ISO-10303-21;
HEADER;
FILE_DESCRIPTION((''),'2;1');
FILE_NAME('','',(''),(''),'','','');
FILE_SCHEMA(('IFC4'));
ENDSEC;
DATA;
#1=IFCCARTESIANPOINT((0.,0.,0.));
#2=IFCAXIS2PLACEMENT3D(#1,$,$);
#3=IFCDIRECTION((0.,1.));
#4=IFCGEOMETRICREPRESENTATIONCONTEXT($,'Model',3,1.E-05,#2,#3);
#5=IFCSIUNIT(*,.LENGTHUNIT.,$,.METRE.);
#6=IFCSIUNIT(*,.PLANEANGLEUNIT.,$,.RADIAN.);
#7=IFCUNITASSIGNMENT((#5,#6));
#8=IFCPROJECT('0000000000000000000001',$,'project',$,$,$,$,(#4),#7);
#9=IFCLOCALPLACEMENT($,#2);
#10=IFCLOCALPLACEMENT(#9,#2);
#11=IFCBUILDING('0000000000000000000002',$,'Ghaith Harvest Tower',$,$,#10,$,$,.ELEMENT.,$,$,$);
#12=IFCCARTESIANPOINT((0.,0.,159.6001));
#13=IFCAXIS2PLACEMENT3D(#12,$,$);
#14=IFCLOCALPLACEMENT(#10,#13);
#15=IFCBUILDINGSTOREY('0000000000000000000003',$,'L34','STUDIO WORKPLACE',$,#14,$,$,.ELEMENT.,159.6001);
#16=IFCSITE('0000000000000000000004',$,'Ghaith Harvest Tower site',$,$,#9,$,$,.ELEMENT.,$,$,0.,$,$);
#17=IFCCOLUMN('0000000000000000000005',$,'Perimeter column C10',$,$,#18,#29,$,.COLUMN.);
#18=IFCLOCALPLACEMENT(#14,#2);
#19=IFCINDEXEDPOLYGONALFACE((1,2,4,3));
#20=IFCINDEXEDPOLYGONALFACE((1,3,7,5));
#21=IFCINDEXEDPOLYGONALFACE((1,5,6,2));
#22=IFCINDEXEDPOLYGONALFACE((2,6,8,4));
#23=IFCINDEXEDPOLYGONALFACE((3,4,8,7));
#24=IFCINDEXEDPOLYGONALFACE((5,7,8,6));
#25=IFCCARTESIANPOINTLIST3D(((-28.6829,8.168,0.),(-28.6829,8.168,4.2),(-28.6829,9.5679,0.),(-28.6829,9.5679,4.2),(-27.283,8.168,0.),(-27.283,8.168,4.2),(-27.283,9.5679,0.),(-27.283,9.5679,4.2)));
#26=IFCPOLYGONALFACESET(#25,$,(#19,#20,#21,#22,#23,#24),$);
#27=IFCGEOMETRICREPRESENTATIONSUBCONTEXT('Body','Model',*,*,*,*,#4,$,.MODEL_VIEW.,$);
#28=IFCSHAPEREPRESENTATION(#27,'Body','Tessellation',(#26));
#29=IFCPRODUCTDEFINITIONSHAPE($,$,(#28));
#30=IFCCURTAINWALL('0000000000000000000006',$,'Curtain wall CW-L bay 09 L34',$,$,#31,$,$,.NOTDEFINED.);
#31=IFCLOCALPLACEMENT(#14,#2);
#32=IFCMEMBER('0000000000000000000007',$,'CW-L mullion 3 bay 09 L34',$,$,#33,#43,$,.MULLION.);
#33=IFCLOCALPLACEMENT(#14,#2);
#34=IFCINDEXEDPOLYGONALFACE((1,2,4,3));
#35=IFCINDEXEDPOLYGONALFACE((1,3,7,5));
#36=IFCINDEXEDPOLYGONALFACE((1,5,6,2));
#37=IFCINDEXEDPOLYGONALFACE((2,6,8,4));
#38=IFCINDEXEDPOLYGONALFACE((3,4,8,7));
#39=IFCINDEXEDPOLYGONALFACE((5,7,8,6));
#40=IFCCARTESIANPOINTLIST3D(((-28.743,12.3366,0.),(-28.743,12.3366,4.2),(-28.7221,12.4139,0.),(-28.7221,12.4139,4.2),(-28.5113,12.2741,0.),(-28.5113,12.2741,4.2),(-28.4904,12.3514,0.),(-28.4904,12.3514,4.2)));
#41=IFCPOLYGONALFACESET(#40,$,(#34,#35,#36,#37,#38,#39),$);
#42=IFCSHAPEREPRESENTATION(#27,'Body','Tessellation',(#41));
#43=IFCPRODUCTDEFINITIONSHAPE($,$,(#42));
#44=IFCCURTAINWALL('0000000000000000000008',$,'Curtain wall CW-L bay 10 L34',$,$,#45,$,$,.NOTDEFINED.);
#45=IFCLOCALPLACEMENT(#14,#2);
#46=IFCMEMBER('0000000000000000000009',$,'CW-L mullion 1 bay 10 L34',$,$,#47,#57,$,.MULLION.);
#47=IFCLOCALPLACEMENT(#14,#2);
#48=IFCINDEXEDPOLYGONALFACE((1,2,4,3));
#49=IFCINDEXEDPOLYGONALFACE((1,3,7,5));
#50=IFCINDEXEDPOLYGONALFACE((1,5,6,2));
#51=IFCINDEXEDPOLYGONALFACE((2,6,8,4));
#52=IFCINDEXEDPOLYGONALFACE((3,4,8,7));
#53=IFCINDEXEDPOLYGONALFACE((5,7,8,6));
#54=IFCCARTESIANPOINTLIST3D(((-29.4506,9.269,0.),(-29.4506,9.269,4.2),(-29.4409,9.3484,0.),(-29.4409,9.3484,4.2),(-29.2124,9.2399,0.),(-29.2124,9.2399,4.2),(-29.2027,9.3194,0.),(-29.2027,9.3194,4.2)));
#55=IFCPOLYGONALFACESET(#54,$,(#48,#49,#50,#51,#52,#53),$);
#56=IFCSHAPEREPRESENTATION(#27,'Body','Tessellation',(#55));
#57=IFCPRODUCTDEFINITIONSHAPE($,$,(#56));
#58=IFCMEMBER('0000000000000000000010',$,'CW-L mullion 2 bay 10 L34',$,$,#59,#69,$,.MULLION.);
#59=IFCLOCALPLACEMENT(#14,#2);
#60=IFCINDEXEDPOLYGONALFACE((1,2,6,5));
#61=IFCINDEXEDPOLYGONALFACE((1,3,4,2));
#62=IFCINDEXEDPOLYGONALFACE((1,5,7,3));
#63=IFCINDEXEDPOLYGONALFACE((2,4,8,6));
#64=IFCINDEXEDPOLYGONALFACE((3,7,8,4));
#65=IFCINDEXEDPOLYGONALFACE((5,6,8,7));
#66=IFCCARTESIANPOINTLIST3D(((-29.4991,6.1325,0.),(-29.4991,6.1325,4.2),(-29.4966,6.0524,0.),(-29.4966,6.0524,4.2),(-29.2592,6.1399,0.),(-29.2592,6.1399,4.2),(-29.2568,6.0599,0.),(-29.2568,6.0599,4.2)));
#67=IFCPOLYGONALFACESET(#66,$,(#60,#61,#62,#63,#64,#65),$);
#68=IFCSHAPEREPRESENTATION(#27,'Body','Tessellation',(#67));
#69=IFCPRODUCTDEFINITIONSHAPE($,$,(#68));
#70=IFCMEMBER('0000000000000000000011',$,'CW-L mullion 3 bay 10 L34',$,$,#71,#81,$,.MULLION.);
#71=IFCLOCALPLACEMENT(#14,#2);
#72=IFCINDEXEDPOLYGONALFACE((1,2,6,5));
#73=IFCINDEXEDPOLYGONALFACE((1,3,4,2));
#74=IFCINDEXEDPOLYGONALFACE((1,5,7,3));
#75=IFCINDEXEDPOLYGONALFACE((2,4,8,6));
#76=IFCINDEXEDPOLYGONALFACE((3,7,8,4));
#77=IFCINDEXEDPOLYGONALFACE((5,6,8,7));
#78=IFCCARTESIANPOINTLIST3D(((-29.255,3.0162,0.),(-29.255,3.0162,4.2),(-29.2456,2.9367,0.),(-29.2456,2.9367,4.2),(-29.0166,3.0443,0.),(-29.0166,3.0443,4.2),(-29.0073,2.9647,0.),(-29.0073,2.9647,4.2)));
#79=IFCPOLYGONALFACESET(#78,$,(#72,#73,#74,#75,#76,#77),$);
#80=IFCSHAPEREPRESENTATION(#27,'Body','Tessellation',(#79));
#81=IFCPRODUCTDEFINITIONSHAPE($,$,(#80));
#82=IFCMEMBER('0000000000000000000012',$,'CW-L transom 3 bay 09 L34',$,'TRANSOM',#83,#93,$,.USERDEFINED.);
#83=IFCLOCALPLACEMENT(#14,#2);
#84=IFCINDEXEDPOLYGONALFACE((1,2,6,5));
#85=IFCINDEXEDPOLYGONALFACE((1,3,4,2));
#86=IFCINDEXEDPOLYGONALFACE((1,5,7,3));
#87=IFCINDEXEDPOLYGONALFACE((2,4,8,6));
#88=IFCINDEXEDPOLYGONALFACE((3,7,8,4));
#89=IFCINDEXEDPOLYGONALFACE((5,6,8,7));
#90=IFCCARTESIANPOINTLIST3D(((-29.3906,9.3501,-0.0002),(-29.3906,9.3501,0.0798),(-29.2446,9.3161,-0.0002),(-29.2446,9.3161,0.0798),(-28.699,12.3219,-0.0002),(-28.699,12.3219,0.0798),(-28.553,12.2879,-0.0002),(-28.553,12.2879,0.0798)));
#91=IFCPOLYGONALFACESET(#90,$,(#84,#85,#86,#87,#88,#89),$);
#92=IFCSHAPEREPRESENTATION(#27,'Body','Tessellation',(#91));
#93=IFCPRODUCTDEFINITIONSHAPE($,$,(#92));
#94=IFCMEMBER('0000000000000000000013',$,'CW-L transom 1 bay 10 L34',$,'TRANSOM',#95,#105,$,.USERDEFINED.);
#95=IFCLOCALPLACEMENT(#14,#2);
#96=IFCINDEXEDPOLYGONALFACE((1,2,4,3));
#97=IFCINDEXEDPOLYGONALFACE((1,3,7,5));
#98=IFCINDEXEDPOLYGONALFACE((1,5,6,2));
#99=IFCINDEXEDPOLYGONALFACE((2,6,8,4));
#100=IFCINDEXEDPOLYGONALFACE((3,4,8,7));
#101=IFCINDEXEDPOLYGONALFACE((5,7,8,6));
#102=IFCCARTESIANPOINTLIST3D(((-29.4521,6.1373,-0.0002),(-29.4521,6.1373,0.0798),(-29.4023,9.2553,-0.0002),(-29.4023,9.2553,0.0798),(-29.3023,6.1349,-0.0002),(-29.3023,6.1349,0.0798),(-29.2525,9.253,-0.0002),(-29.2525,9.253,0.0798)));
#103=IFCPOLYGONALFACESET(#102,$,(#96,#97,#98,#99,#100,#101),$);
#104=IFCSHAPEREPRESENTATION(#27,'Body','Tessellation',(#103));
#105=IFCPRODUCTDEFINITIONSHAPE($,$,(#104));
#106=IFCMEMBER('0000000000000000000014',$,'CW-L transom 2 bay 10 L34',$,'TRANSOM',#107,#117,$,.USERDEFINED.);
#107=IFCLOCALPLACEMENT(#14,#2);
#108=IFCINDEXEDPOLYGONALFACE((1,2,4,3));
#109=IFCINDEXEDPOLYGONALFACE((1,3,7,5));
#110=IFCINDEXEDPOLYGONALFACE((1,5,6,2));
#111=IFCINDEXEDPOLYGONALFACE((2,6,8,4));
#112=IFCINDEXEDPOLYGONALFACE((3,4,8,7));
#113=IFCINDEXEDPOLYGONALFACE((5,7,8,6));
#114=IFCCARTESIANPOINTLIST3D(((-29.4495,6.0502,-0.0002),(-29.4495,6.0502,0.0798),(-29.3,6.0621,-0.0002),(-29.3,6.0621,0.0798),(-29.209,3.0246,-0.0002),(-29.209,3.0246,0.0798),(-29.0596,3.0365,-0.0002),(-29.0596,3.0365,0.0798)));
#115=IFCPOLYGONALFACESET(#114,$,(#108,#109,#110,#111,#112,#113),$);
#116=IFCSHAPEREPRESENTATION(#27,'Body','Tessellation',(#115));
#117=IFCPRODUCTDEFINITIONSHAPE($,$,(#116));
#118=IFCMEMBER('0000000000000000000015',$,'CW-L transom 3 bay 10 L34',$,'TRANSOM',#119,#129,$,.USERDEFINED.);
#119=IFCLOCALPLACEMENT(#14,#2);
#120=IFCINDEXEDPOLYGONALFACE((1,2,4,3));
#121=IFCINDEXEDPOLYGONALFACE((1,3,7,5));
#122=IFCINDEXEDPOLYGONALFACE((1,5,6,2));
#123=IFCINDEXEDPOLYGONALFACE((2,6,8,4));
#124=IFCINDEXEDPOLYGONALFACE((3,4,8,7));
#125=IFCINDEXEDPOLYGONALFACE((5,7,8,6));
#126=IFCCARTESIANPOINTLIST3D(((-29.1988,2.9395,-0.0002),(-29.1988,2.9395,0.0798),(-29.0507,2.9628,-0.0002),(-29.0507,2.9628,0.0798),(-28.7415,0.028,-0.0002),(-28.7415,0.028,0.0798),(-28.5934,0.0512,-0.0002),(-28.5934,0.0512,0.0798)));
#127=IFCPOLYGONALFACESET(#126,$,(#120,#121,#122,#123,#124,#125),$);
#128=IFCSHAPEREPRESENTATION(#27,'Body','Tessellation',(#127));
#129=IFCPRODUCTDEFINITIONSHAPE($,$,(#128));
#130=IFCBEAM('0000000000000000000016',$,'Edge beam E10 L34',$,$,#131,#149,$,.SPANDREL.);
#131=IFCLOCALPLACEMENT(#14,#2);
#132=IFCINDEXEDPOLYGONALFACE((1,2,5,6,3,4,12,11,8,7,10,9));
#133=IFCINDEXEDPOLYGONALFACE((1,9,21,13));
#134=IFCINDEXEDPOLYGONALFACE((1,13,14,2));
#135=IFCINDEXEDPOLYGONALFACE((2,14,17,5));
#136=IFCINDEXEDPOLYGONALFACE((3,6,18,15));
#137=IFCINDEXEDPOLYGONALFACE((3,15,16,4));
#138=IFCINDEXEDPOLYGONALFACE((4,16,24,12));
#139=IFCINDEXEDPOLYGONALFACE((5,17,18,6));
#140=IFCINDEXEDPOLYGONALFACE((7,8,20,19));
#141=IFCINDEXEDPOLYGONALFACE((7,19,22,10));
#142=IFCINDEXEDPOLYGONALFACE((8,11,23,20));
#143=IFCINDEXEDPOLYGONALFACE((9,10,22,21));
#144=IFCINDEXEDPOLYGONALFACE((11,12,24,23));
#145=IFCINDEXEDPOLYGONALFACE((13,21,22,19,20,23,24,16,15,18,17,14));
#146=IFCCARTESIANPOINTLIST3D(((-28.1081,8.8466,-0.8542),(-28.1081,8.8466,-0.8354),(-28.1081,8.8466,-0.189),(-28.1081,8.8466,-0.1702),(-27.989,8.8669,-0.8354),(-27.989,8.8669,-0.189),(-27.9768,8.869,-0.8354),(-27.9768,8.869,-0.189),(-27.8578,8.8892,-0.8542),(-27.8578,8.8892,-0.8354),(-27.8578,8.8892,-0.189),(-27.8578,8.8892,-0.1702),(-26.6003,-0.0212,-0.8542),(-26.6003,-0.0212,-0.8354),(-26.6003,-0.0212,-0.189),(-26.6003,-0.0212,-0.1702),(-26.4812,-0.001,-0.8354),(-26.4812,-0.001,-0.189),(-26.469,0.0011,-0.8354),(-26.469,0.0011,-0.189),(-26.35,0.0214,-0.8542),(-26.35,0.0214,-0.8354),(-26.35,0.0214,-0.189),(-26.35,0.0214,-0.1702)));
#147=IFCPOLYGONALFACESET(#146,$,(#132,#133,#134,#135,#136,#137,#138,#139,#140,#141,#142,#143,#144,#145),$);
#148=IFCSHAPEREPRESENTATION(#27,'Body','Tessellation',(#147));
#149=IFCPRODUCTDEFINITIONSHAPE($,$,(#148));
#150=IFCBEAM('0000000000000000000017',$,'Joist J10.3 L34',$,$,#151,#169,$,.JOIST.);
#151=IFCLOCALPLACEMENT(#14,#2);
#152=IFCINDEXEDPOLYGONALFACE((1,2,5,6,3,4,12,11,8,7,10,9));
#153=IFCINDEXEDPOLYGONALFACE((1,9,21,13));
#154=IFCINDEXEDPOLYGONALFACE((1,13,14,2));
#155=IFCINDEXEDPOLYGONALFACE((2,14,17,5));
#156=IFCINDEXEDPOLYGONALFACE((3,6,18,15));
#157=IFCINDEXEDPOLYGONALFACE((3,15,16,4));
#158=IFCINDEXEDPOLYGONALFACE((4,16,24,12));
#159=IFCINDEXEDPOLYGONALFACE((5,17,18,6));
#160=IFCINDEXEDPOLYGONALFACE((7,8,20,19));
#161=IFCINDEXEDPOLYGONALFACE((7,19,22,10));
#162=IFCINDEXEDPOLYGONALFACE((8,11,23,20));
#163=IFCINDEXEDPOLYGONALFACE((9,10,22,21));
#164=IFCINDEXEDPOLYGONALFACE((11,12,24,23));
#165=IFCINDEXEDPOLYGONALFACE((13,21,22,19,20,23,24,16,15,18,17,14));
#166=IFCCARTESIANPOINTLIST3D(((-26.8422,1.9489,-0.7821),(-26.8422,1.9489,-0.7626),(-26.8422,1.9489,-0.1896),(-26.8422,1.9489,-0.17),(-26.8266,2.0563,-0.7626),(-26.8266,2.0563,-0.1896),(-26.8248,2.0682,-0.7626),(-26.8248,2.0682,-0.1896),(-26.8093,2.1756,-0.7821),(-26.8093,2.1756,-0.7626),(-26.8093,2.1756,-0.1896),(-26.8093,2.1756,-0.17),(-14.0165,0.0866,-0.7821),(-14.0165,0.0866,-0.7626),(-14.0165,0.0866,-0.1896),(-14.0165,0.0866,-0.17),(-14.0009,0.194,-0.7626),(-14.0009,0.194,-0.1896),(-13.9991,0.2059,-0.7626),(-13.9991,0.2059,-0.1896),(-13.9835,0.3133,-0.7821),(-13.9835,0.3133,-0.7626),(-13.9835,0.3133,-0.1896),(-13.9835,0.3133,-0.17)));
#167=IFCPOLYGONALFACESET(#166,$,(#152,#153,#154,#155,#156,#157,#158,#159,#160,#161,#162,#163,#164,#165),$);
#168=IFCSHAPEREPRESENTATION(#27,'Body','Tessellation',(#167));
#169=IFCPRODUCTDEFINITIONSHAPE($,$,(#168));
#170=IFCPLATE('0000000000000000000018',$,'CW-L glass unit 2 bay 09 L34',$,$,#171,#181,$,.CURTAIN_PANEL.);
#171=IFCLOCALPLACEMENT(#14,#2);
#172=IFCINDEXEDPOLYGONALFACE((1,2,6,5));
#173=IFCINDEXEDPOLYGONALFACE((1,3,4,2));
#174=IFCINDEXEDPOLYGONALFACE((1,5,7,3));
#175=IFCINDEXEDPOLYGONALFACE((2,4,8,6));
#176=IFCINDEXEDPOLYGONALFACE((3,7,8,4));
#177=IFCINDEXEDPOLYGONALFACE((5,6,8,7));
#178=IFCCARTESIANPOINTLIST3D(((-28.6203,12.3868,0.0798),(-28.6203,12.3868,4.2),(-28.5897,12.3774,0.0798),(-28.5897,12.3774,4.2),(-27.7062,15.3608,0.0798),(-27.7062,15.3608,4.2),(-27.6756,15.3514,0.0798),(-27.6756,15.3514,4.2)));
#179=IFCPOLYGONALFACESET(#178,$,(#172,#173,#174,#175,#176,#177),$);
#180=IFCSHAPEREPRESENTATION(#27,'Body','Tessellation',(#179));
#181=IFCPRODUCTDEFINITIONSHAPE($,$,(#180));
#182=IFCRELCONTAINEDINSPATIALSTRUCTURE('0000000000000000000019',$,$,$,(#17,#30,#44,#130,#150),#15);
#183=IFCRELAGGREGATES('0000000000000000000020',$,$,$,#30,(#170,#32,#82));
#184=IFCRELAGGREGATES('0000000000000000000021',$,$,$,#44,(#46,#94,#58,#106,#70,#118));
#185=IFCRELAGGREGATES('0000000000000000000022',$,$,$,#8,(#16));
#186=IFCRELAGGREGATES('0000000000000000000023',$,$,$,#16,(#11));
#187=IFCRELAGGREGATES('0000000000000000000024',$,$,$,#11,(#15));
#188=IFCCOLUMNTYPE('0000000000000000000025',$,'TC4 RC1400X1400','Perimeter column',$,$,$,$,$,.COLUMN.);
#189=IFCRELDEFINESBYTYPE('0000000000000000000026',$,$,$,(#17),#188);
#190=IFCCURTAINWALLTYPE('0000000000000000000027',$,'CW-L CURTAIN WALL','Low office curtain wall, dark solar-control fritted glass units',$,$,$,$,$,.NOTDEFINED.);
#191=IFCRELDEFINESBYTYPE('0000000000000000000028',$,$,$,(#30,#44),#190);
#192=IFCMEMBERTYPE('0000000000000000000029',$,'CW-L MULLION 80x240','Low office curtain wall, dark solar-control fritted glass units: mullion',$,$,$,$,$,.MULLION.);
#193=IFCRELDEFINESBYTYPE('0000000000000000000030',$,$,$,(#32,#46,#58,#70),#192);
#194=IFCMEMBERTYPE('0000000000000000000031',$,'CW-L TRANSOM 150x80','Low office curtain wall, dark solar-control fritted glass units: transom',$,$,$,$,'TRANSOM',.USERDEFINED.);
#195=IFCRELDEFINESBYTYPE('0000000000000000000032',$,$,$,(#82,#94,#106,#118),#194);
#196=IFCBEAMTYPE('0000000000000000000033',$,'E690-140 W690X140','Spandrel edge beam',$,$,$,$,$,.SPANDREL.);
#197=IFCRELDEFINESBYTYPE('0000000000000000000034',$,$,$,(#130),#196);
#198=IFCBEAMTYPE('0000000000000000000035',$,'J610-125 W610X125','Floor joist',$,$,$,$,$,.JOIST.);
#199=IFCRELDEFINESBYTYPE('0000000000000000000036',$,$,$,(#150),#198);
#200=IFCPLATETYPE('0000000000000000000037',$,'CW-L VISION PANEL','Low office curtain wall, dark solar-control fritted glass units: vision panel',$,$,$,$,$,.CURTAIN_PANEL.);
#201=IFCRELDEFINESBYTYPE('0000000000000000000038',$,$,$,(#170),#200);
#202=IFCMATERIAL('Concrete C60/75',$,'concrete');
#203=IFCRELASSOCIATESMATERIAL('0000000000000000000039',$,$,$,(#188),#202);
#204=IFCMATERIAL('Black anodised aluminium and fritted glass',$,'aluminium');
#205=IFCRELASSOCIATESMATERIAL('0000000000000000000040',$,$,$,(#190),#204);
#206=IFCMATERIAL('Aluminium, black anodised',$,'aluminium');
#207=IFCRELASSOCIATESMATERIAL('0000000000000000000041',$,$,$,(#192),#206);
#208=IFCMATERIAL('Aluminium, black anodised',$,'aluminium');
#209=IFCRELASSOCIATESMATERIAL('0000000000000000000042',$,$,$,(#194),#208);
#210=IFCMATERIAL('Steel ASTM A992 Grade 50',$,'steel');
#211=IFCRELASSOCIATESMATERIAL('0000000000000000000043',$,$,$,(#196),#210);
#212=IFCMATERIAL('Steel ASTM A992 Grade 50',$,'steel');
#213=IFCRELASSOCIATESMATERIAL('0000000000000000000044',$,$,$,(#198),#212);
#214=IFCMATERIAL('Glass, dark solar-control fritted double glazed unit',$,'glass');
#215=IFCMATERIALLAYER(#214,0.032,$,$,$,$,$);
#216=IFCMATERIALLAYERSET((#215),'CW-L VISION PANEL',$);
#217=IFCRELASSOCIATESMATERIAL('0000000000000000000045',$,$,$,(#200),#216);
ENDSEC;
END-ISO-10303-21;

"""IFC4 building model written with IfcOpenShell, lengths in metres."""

from ifc_helpers import new_model, si_unit, direction, frame, origin, origin_2d, place, context, subcontext, project, spatial, rectangle, i_section, extrude, material, layer, layer_set, material_profile, profile_set, type_object, element, aggregate, save


model = new_model("IFC4")

# Units and contexts
model_context = context("Model", 3, precision=1e-05, world=origin(), true_north=direction((0.0, 1.0)))
body_context = subcontext(model_context, "Body", "Model", "MODEL_VIEW")
ifc_project = project(units=[si_unit("LENGTHUNIT", "METRE"), si_unit("PLANEANGLEUNIT", "RADIAN")], contexts=[model_context])

# Site, building, storey
site_placement = place(None, origin())
site = spatial("IfcSite", under=ifc_project, at=site_placement, Name="Ghaith Harvest Tower site", CompositionType="ELEMENT", RefElevation=0.0)
building_placement = place(site_placement, origin())
building = spatial("IfcBuilding", under=site, at=building_placement, Name="Ghaith Harvest Tower", CompositionType="ELEMENT")
storey_placement = place(building_placement, frame((0.0, 0.0, 159.6001)))
storey = spatial("IfcBuildingStorey", under=building, at=storey_placement, Name="L34", Description="STUDIO WORKPLACE", CompositionType="ELEMENT", Elevation=159.6001)

# Column
ifc_material_1 = material(Name="Concrete C60/75", Category="concrete")
ifc_material_profile_1 = material_profile(ifc_material_1, rectangle(XDim=1.3999, YDim=1.3999, at=origin_2d()), Name="RC1400X1400")
ifc_profile_set_1 = profile_set([ifc_material_profile_1], Name="Concrete C60/75")
column_type = type_object("IfcColumnType", Name="TC4 RC1400X1400", Description="Perimeter column", PredefinedType="COLUMN", material=ifc_profile_set_1)
column_placement = place(storey_placement, frame((-27.9829, 8.8679, 0.0), z_axis=(0.0, 0.0, 1.0), x_axis=(1.0, 0.0, 0.0)))
element("IfcColumn", 1, at=column_placement, inside=storey, type_object=column_type, Name="Perimeter column C10", PredefinedType="COLUMN", context=body_context, shape_type="SweptSolid", body=[
    extrude(rectangle(XDim=1.3999, YDim=1.3999, at=origin_2d()), origin(), (0.0, 0.0, 1.0), 4.2),
])

# Curtain wall, member
ifc_material_2 = material(Name="Black anodised aluminium and fritted glass", Category="aluminium")
curtain_wall_type = type_object("IfcCurtainWallType", Name="CW-L CURTAIN WALL", Description="Low office curtain wall, dark solar-control fritted glass units", PredefinedType="NOTDEFINED", material=ifc_material_2)
curtain_wall_1_placement = place(storey_placement, origin())
curtain_wall_1 = element("IfcCurtainWall", 2, at=curtain_wall_1_placement, inside=storey, type_object=curtain_wall_type, Name="Curtain wall CW-L bay 09 L34", PredefinedType="NOTDEFINED")
ifc_material_3 = material(Name="Aluminium, black anodised", Category="aluminium")
ifc_material_profile_2 = material_profile(ifc_material_3, rectangle(XDim=0.0801, YDim=0.24, at=origin_2d()), Name="CW-L MULLION 80x240")
ifc_profile_set_2 = profile_set([ifc_material_profile_2], Name="Aluminium, black anodised")
member_type_1 = type_object("IfcMemberType", Name="CW-L MULLION 80x240", Description="Low office curtain wall, dark solar-control fritted glass units: mullion", PredefinedType="MULLION", material=ifc_profile_set_2)
member_1_placement = place(storey_placement, frame((-28.6167, 12.344, 0.0), z_axis=(0.0, 0.0, 1.0), x_axis=(-0.260727, -0.965412, 0.0)))
member_1 = element("IfcMember", 3, at=member_1_placement, type_object=member_type_1, Name="CW-L mullion 3 bay 09 L34", PredefinedType="MULLION", context=body_context, shape_type="SweptSolid", body=[
    extrude(rectangle(XDim=0.0801, YDim=0.24, at=origin_2d()), origin(), (0.0, 0.0, 1.0), 4.2),
])

# Curtain wall, members
curtain_wall_2_placement = place(storey_placement, origin())
curtain_wall_2 = element("IfcCurtainWall", 4, at=curtain_wall_2_placement, inside=storey, type_object=curtain_wall_type, Name="Curtain wall CW-L bay 10 L34", PredefinedType="NOTDEFINED")
member_2_placement = place(storey_placement, frame((-29.3267, 9.2942, 0.0), z_axis=(0.0, 0.0, 1.0), x_axis=(-0.120932, -0.992661, 0.0)))
member_2 = element("IfcMember", 5, at=member_2_placement, type_object=member_type_1, Name="CW-L mullion 1 bay 10 L34", PredefinedType="MULLION", context=body_context, shape_type="SweptSolid", body=[
    extrude(rectangle(XDim=0.0801, YDim=0.24, at=origin_2d()), origin(), (0.0, 0.0, 1.0), 4.2),
])
member_3_placement = place(storey_placement, frame((-29.3779, 6.0962, 0.0), z_axis=(0.0, 0.0, 1.0), x_axis=(0.031028, -0.999519, 0.0)))
member_3 = element("IfcMember", 6, at=member_3_placement, type_object=member_type_1, Name="CW-L mullion 2 bay 10 L34", PredefinedType="MULLION", context=body_context, shape_type="SweptSolid", body=[
    extrude(rectangle(XDim=0.0801, YDim=0.24, at=origin_2d()), origin(), (0.0, 0.0, 1.0), 4.2),
])
member_4_placement = place(storey_placement, frame((-29.1311, 2.9905, 0.0), z_axis=(0.0, 0.0, 1.0), x_axis=(0.116764, -0.99316, 0.0)))
member_4 = element("IfcMember", 7, at=member_4_placement, type_object=member_type_1, Name="CW-L mullion 3 bay 10 L34", PredefinedType="MULLION", context=body_context, shape_type="SweptSolid", body=[
    extrude(rectangle(XDim=0.0801, YDim=0.24, at=origin_2d()), origin(), (0.0, 0.0, 1.0), 4.2),
])

# Members
ifc_material_4 = material(Name="Aluminium, black anodised", Category="aluminium")
ifc_material_profile_3 = material_profile(ifc_material_4, rectangle(XDim=0.1499, YDim=0.0801, at=origin_2d()), Name="CW-L TRANSOM 150x80")
ifc_profile_set_3 = profile_set([ifc_material_profile_3], Name="Aluminium, black anodised")
member_type_2 = type_object("IfcMemberType", Name="CW-L TRANSOM 150x80", Description="Low office curtain wall, dark solar-control fritted glass units: transom", ElementType="TRANSOM", PredefinedType="USERDEFINED", material=ifc_profile_set_3)
member_5_placement = place(storey_placement, frame((-28.626, 12.3049, 0.0398), z_axis=(-0.226671, -0.973971, 0.0), x_axis=(0.973971, -0.226671, 0.0)))
member_5 = element("IfcMember", 8, at=member_5_placement, type_object=member_type_2, Name="CW-L transom 3 bay 09 L34", ObjectType="TRANSOM", PredefinedType="USERDEFINED", context=body_context, shape_type="SweptSolid", body=[
    extrude(rectangle(XDim=0.1499, YDim=0.0801, at=origin_2d()), origin(), (0.0, 0.0, 1.0), 3.0513),
])
member_6_placement = place(storey_placement, frame((-29.3274, 9.2542, 0.0398), z_axis=(-0.015972, -0.999872, 0.0), x_axis=(0.999872, -0.015972, 0.0)))
member_6 = element("IfcMember", 9, at=member_6_placement, type_object=member_type_2, Name="CW-L transom 1 bay 10 L34", ObjectType="TRANSOM", PredefinedType="USERDEFINED", context=body_context, shape_type="SweptSolid", body=[
    extrude(rectangle(XDim=0.1499, YDim=0.0801, at=origin_2d()), origin(), (0.0, 0.0, 1.0), 3.1184),
])
member_7_placement = place(storey_placement, frame((-29.3748, 6.0562, 0.0398), z_axis=(0.07923, -0.996856, 0.0), x_axis=(0.996856, 0.07923, 0.0)))
member_7 = element("IfcMember", 10, at=member_7_placement, type_object=member_type_2, Name="CW-L transom 2 bay 10 L34", ObjectType="TRANSOM", PredefinedType="USERDEFINED", context=body_context, shape_type="SweptSolid", body=[
    extrude(rectangle(XDim=0.1499, YDim=0.0801, at=origin_2d()), origin(), (0.0, 0.0, 1.0), 3.0352),
])
member_8_placement = place(storey_placement, frame((-29.1248, 2.9512, 0.0398), z_axis=(0.15515, -0.987891, 0.0), x_axis=(0.987891, 0.15515, 0.0)))
member_8 = element("IfcMember", 11, at=member_8_placement, type_object=member_type_2, Name="CW-L transom 3 bay 10 L34", ObjectType="TRANSOM", PredefinedType="USERDEFINED", context=body_context, shape_type="SweptSolid", body=[
    extrude(rectangle(XDim=0.1499, YDim=0.0801, at=origin_2d()), origin(), (0.0, 0.0, 1.0), 2.9473),
])

# Beams
ifc_material_5 = material(Name="Steel ASTM A992 Grade 50", Category="steel")
ifc_material_profile_4 = material_profile(ifc_material_5, i_section(OverallWidth=0.2539, OverallDepth=0.6841, WebThickness=0.0125, FlangeThickness=0.0188, at=origin_2d()), Name="W690X140")
ifc_profile_set_4 = profile_set([ifc_material_profile_4], Name="Steel ASTM A992 Grade 50")
beam_type_1 = type_object("IfcBeamType", Name="E690-140 W690X140", Description="Spandrel edge beam", PredefinedType="SPANDREL", material=ifc_profile_set_4)
beam_1_placement = place(storey_placement, frame((-27.9829, 8.8679, -0.5122), z_axis=(0.167624, -0.985851, 0.0), x_axis=(0.985851, 0.167624, 0.0)))
element("IfcBeam", 12, at=beam_1_placement, inside=storey, type_object=beam_type_1, Name="Edge beam E10 L34", PredefinedType="SPANDREL", context=body_context, shape_type="SweptSolid", body=[
    extrude(i_section(OverallWidth=0.2539, OverallDepth=0.6841, WebThickness=0.0125, FlangeThickness=0.0188, at=origin_2d()), origin(), (0.0, 0.0, 1.0), 8.9951),
])
ifc_material_6 = material(Name="Steel ASTM A992 Grade 50", Category="steel")
ifc_material_profile_5 = material_profile(ifc_material_6, i_section(OverallWidth=0.229, OverallDepth=0.6121, WebThickness=0.012, FlangeThickness=0.0195, at=origin_2d()), Name="W610X125")
ifc_profile_set_5 = profile_set([ifc_material_profile_5], Name="Steel ASTM A992 Grade 50")
beam_type_2 = type_object("IfcBeamType", Name="J610-125 W610X125", Description="Floor joist", PredefinedType="JOIST", material=ifc_profile_set_5)
beam_2_placement = place(storey_placement, frame((-14.0, 0.2, -0.4761), z_axis=(-0.989622, 0.143694, 0.0), x_axis=(-0.143694, -0.989622, 0.0)))
element("IfcBeam", 13, at=beam_2_placement, inside=storey, type_object=beam_type_2, Name="Joist J10.3 L34", PredefinedType="JOIST", context=body_context, shape_type="SweptSolid", body=[
    extrude(i_section(OverallWidth=0.229, OverallDepth=0.6121, WebThickness=0.012, FlangeThickness=0.0195, at=origin_2d()), origin(), (0.0, 0.0, 1.0), 12.9602),
])

# Plate
ifc_material_7 = material(Name="Glass, dark solar-control fritted double glazed unit", Category="glass")
ifc_layer_1 = layer(ifc_material_7, 0.032)
ifc_layer_set_1 = layer_set([ifc_layer_1], Name="CW-L VISION PANEL")
plate_type_1 = type_object("IfcPlateType", Name="CW-L VISION PANEL", Description="Low office curtain wall, dark solar-control fritted glass units: vision panel", PredefinedType="CURTAIN_PANEL", material=ifc_layer_set_1)
plate_1_placement = place(storey_placement, frame((-28.1479, 13.8691, 0.0798), z_axis=(0.0, 0.0, 1.0), x_axis=(-0.293803, -0.955866, 0.0)))
plate_1 = element("IfcPlate", 14, at=plate_1_placement, type_object=plate_type_1, Name="CW-L glass unit 2 bay 09 L34", PredefinedType="CURTAIN_PANEL", context=body_context, shape_type="SweptSolid", body=[
    extrude(rectangle(XDim=3.1113, YDim=0.032, at=origin_2d()), origin(), (0.0, 0.0, 1.0), 4.1201),
])
aggregate(curtain_wall_1, [plate_1, member_1, member_5])
aggregate(curtain_wall_2, [member_2, member_6, member_3, member_7, member_4, member_8])

save(model, "model.ifc")
